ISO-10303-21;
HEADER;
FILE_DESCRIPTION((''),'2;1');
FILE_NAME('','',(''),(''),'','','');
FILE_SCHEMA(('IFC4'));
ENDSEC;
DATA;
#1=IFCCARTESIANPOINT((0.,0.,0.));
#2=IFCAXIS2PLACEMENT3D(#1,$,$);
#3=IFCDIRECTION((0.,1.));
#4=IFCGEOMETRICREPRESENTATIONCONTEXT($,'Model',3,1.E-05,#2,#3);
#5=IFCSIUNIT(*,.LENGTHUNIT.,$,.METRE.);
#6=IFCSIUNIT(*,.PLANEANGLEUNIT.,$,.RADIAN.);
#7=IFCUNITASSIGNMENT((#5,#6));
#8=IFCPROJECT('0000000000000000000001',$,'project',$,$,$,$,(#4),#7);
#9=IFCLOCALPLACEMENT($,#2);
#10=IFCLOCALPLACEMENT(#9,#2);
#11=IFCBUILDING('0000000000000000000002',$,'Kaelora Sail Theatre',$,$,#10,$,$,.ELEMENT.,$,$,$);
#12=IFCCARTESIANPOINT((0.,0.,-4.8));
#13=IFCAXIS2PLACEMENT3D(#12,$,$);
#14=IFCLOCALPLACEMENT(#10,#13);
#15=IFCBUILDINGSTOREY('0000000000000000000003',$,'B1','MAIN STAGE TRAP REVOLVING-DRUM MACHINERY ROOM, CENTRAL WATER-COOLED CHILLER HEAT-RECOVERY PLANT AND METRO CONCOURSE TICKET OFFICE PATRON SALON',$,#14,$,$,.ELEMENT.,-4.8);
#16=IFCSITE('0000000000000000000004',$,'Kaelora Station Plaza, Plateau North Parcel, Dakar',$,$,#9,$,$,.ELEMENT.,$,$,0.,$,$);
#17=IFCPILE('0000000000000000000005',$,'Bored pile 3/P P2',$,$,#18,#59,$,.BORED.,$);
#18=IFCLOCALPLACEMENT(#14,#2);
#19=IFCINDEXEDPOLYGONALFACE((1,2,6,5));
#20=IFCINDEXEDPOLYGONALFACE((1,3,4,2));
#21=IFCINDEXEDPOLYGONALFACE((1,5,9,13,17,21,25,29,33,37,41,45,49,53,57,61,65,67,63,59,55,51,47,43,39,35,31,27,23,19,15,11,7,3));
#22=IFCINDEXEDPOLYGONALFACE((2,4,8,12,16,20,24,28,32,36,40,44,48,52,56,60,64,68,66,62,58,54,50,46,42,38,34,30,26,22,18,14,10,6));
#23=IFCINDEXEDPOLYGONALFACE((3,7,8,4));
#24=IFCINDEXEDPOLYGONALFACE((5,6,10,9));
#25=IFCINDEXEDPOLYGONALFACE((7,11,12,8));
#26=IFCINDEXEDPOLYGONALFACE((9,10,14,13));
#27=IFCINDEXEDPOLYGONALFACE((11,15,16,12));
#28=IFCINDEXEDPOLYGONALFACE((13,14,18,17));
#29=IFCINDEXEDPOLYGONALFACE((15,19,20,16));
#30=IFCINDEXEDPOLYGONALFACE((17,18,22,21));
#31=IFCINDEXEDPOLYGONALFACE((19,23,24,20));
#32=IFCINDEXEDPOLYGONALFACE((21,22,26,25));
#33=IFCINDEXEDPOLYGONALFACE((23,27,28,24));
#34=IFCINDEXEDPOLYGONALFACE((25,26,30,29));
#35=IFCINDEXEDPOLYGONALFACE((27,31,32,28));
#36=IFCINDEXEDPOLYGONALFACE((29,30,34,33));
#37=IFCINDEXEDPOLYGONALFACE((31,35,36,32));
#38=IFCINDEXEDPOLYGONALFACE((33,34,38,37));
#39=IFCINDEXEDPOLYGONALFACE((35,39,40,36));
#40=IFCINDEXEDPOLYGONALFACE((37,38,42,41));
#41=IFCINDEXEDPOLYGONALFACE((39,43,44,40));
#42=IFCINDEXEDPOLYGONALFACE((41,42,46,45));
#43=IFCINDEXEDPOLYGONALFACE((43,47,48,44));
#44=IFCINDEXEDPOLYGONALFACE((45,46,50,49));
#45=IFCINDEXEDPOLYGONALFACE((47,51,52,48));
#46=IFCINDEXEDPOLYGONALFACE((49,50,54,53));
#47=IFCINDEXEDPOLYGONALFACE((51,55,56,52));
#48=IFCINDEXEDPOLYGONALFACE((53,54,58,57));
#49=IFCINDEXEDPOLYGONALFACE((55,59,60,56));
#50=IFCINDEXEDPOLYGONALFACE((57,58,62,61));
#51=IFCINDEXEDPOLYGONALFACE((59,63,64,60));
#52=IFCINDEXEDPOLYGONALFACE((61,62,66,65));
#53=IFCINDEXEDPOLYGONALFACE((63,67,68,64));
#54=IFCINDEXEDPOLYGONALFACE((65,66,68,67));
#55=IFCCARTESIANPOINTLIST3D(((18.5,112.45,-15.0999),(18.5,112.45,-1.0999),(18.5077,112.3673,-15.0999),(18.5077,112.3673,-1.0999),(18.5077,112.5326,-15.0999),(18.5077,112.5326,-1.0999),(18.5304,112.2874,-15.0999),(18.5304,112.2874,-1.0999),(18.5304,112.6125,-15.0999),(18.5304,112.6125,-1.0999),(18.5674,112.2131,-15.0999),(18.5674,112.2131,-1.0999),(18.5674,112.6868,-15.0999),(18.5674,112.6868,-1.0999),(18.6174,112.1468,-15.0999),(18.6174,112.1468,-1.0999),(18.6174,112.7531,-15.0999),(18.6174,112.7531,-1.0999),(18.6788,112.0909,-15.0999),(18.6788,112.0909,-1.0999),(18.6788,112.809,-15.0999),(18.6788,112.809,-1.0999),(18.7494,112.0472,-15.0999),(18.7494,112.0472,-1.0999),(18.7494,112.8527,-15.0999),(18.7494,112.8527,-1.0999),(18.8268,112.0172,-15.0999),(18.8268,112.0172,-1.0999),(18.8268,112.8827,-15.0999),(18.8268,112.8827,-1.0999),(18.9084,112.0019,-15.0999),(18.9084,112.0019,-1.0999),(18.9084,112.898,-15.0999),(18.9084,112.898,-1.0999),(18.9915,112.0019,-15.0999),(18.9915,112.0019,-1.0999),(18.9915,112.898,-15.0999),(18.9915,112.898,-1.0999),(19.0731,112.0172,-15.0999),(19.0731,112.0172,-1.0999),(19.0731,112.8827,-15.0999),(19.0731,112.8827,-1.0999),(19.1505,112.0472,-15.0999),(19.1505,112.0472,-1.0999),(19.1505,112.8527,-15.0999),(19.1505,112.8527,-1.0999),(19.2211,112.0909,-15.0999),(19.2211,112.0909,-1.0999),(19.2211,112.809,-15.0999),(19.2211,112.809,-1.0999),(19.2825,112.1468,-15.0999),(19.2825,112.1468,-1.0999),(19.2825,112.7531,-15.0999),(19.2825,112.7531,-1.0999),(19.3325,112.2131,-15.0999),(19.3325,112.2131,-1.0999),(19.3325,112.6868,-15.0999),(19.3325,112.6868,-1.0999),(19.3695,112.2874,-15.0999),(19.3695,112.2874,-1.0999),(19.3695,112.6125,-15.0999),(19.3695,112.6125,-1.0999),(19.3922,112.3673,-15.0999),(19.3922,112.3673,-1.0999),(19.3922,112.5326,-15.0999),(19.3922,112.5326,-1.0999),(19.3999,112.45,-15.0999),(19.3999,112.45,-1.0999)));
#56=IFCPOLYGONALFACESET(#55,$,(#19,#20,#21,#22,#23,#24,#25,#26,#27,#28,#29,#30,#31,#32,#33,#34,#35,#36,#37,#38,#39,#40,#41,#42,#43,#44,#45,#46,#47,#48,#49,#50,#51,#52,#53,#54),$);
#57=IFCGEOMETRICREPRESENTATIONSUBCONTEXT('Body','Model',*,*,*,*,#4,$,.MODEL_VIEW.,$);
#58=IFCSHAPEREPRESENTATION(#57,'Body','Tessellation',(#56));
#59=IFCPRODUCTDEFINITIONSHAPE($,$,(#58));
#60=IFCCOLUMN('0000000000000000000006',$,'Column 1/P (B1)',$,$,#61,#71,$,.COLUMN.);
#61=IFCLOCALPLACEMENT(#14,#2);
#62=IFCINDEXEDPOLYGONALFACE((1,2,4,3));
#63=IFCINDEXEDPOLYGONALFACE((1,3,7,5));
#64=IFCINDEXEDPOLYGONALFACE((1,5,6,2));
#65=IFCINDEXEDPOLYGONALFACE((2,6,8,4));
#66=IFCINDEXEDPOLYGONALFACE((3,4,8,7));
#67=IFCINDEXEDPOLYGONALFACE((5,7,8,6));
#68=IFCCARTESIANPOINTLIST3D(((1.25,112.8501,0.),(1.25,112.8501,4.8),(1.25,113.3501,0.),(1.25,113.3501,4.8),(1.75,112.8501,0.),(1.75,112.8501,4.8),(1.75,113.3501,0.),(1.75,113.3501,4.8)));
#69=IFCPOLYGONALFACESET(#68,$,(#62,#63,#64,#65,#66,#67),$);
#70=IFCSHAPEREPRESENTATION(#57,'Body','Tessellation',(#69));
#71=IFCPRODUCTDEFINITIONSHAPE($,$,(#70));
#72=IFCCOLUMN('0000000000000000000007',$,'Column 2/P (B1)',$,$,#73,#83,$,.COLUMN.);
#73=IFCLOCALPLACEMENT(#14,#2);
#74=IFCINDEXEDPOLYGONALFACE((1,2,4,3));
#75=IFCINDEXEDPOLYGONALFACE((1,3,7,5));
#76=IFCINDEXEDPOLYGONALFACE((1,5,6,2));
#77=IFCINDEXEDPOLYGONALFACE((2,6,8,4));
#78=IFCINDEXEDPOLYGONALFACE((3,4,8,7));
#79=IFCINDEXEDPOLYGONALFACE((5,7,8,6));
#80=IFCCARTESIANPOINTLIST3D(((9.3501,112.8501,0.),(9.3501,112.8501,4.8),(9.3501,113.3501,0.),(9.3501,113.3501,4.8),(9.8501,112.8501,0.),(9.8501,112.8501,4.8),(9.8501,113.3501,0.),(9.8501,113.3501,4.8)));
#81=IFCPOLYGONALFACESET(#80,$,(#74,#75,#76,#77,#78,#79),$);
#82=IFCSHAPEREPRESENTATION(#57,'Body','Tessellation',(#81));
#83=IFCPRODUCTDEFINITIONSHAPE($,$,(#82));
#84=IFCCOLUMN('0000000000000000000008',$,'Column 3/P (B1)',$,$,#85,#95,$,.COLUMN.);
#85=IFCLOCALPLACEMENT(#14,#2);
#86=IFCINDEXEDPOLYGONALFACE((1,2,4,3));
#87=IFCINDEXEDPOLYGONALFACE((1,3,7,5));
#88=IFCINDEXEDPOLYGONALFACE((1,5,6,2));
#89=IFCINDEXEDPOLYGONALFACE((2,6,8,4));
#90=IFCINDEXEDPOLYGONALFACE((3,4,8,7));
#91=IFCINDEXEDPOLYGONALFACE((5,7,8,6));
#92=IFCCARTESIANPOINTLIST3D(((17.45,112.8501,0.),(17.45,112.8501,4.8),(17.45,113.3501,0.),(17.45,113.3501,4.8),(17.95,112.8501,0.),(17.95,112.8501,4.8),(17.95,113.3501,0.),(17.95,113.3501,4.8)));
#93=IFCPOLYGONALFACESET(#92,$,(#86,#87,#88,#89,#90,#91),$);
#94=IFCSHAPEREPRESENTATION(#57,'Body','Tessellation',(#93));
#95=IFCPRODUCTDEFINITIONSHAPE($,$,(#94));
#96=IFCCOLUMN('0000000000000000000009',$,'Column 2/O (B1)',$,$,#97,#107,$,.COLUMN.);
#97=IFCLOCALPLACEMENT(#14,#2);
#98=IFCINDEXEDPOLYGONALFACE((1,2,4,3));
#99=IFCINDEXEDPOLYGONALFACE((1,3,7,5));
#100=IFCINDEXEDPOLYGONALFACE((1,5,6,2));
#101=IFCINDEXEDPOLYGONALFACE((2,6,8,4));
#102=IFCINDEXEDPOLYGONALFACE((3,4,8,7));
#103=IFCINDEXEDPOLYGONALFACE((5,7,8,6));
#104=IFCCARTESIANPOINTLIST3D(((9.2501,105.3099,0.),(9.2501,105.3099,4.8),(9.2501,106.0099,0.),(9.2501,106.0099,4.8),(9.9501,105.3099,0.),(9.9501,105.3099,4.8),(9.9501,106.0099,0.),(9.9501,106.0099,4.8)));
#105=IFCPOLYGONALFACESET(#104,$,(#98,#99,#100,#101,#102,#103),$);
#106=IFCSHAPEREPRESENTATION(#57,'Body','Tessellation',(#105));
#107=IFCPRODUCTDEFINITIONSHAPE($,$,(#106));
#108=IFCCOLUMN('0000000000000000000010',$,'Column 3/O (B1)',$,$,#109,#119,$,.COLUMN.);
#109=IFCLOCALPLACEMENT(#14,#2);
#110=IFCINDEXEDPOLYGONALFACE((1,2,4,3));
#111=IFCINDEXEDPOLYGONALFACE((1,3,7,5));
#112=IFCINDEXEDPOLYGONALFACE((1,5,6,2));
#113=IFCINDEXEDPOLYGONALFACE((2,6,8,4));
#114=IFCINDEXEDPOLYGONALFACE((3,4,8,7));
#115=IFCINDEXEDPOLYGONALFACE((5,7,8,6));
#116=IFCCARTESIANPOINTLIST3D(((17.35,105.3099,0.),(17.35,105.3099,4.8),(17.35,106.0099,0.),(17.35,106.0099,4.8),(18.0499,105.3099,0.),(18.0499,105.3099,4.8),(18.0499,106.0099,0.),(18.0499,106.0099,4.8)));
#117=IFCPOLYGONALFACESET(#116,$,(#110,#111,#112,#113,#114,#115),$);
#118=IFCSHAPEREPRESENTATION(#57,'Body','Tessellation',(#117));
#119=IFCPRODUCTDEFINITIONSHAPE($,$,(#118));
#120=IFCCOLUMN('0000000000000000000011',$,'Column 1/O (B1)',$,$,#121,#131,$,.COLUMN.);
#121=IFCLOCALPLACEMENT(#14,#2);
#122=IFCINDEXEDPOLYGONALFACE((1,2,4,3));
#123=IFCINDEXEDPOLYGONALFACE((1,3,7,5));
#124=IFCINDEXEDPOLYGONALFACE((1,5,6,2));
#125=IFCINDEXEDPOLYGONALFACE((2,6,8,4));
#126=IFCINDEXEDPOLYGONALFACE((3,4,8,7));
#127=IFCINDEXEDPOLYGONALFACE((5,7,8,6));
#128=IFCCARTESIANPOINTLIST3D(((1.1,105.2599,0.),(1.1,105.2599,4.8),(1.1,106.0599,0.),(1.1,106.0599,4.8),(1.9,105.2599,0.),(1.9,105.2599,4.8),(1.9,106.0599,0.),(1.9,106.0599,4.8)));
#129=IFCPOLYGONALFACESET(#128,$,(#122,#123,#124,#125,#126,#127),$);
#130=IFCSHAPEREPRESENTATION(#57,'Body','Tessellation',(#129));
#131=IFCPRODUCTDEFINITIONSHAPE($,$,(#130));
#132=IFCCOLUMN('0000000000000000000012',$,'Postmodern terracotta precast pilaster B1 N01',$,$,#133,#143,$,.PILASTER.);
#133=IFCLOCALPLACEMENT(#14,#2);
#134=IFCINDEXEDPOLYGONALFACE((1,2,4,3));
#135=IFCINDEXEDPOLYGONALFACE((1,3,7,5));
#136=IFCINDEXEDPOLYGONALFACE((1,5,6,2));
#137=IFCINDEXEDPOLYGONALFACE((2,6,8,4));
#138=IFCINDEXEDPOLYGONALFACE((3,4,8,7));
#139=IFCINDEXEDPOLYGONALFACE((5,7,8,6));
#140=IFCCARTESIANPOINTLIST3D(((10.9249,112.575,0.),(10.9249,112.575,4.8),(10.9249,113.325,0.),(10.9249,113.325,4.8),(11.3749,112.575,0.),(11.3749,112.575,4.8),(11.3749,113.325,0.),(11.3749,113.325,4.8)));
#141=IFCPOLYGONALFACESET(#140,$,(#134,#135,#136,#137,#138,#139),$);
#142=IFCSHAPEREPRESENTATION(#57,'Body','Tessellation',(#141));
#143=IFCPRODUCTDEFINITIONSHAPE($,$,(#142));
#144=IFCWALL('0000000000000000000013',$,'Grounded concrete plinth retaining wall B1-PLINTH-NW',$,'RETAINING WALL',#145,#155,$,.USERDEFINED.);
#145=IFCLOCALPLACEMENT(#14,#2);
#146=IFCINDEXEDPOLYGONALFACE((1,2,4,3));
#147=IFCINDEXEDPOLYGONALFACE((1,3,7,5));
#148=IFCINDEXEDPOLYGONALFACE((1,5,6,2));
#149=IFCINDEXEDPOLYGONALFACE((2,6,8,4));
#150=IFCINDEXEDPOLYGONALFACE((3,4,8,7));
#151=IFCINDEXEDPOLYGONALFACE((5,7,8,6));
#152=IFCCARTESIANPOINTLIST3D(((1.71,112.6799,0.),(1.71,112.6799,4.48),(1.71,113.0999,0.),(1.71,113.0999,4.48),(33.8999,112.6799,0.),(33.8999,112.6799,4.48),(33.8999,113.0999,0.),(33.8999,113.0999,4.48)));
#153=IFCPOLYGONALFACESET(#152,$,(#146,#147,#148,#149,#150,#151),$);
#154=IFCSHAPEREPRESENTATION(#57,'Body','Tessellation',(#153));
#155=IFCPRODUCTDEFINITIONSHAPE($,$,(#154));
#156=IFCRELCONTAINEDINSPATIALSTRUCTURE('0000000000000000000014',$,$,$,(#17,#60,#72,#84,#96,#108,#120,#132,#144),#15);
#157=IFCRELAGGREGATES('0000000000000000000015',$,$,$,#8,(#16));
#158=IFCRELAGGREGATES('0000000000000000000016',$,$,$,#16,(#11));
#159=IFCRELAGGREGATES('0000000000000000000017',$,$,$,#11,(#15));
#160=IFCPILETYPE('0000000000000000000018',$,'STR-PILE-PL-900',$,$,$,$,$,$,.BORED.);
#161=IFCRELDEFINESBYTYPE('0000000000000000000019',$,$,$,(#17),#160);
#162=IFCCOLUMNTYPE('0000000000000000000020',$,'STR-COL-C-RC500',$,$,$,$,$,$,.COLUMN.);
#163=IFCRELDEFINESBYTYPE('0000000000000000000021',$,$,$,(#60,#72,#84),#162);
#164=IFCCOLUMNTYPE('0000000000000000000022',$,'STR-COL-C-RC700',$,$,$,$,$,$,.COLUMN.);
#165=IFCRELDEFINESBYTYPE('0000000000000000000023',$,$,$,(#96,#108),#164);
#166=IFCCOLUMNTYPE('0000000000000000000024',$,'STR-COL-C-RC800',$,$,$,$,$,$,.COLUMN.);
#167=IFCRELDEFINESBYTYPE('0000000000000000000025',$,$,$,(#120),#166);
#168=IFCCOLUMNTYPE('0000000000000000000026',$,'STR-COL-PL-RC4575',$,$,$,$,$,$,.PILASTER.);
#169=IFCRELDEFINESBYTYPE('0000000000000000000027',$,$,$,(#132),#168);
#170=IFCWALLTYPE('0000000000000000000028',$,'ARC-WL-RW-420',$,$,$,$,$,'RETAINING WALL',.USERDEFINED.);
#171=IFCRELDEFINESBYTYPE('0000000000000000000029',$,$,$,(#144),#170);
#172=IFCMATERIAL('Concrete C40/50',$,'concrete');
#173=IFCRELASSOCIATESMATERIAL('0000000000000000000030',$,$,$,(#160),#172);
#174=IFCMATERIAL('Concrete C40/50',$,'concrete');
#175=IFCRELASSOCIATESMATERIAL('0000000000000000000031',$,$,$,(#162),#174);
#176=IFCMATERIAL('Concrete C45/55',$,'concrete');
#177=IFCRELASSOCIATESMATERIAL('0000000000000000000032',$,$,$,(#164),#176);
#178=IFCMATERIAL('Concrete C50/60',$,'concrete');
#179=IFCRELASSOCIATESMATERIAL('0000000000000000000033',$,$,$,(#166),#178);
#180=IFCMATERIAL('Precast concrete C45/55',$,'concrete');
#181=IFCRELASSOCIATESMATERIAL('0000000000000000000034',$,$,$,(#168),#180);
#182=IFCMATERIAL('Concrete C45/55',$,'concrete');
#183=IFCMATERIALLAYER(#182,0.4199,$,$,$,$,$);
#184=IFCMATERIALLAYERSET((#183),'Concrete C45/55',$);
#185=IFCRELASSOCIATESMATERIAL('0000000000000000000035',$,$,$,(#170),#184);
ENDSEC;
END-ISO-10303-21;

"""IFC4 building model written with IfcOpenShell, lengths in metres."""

from ifc_helpers import new_model, si_unit, direction, frame, frame_2d, origin, origin_2d, place, context, subcontext, project, spatial, rectangle, circle, extrude, material, layer, layer_set, material_profile, profile_set, type_object, element, save


model = new_model("IFC4")

# Units and contexts
model_context = context("Model", 3, precision=1e-05, world=origin(), true_north=direction((0.0, 1.0)))
body_context = subcontext(model_context, "Body", "Model", "MODEL_VIEW")
ifc_project = project(units=[si_unit("LENGTHUNIT", "METRE"), si_unit("PLANEANGLEUNIT", "RADIAN")], contexts=[model_context])

# Site, building, storey
site_placement = place(None, origin())
site = spatial("IfcSite", under=ifc_project, at=site_placement, Name="Kaelora Station Plaza, Plateau North Parcel, Dakar", CompositionType="ELEMENT", RefElevation=0.0)
building_placement = place(site_placement, origin())
building = spatial("IfcBuilding", under=site, at=building_placement, Name="Kaelora Sail Theatre", CompositionType="ELEMENT")
storey_placement = place(building_placement, frame((0.0, 0.0, -4.8)))
storey = spatial("IfcBuildingStorey", under=building, at=storey_placement, Name="B1", Description="MAIN STAGE TRAP REVOLVING-DRUM MACHINERY ROOM, CENTRAL WATER-COOLED CHILLER HEAT-RECOVERY PLANT AND METRO CONCOURSE TICKET OFFICE PATRON SALON", CompositionType="ELEMENT", Elevation=-4.8)

# Pile
ifc_material_1 = material(Name="Concrete C40/50", Category="concrete")
ifc_material_profile_1 = material_profile(ifc_material_1, circle(Radius=0.45, at=origin_2d()), Name="PILE D900")
ifc_profile_set_1 = profile_set([ifc_material_profile_1], Name="Concrete C40/50")
pile_type_1 = type_object("IfcPileType", Name="STR-PILE-PL-900", PredefinedType="BORED", material=ifc_profile_set_1)
for number, where, z_axis, x_axis, name in (
    (1, (18.95, 112.45, -1.0999), (0.0, 0.0, -1.0), (1.0, 0.0, 0.0), "Bored pile 3/P P2"),
):
    element("IfcPile", number, at=place(storey_placement, frame(where, z_axis=z_axis, x_axis=x_axis)), inside=storey, type_object=pile_type_1, Name=name, PredefinedType="BORED", context=body_context, shape_type="SweptSolid", body=[
        extrude(circle(Radius=0.45, at=origin_2d()), origin(), (0.0, 0.0, 1.0), 14.0),
    ])

# Columns
ifc_material_2 = material(Name="Concrete C40/50", Category="concrete")
ifc_material_profile_2 = material_profile(ifc_material_2, rectangle(XDim=0.5, YDim=0.5, at=origin_2d()), Name="RC-COL 500x500")
ifc_profile_set_2 = profile_set([ifc_material_profile_2], Name="Concrete C40/50")
column_type_1 = type_object("IfcColumnType", Name="STR-COL-C-RC500", PredefinedType="COLUMN", material=ifc_profile_set_2)
for number, where, z_axis, x_axis, name in (
    (2, (1.5, 113.1001, 0.0), (0.0, 0.0, 1.0), (1.0, 0.0, 0.0), "Column 1/P (B1)"),
    (3, (9.6001, 113.1001, 0.0), (0.0, 0.0, 1.0), (1.0, 0.0, 0.0), "Column 2/P (B1)"),
    (4, (17.7, 113.1001, 0.0), (0.0, 0.0, 1.0), (1.0, 0.0, 0.0), "Column 3/P (B1)"),
):
    element("IfcColumn", number, at=place(storey_placement, frame(where, z_axis=z_axis, x_axis=x_axis)), inside=storey, type_object=column_type_1, Name=name, PredefinedType="COLUMN", context=body_context, shape_type="SweptSolid", body=[
        extrude(rectangle(XDim=0.5, YDim=0.5, at=origin_2d()), origin(), (0.0, 0.0, 1.0), 4.8),
    ])
ifc_material_3 = material(Name="Concrete C45/55", Category="concrete")
ifc_material_profile_3 = material_profile(ifc_material_3, rectangle(XDim=0.7, YDim=0.7, at=origin_2d()), Name="RC-COL 700x700")
ifc_profile_set_3 = profile_set([ifc_material_profile_3], Name="Concrete C45/55")
column_type_2 = type_object("IfcColumnType", Name="STR-COL-C-RC700", PredefinedType="COLUMN", material=ifc_profile_set_3)
for number, where, z_axis, x_axis, name in (
    (5, (9.6001, 105.6599, 0.0), (0.0, 0.0, 1.0), (1.0, 0.0, 0.0), "Column 2/O (B1)"),
    (6, (17.7, 105.6599, 0.0), (0.0, 0.0, 1.0), (1.0, 0.0, 0.0), "Column 3/O (B1)"),
):
    element("IfcColumn", number, at=place(storey_placement, frame(where, z_axis=z_axis, x_axis=x_axis)), inside=storey, type_object=column_type_2, Name=name, PredefinedType="COLUMN", context=body_context, shape_type="SweptSolid", body=[
        extrude(rectangle(XDim=0.7, YDim=0.7, at=origin_2d()), origin(), (0.0, 0.0, 1.0), 4.8),
    ])
ifc_material_4 = material(Name="Concrete C50/60", Category="concrete")
ifc_material_profile_4 = material_profile(ifc_material_4, rectangle(XDim=0.8, YDim=0.8, at=origin_2d()), Name="RC-COL 800x800")
ifc_profile_set_4 = profile_set([ifc_material_profile_4], Name="Concrete C50/60")
column_type_3 = type_object("IfcColumnType", Name="STR-COL-C-RC800", PredefinedType="COLUMN", material=ifc_profile_set_4)
column_1_placement = place(storey_placement, frame((1.5, 105.6599, 0.0), z_axis=(0.0, 0.0, 1.0), x_axis=(1.0, 0.0, 0.0)))
element("IfcColumn", 7, at=column_1_placement, inside=storey, type_object=column_type_3, Name="Column 1/O (B1)", PredefinedType="COLUMN", context=body_context, shape_type="SweptSolid", body=[
    extrude(rectangle(XDim=0.8, YDim=0.8, at=origin_2d()), origin(), (0.0, 0.0, 1.0), 4.8),
])
ifc_material_5 = material(Name="Precast concrete C45/55", Category="concrete")
ifc_material_profile_5 = material_profile(ifc_material_5, rectangle(XDim=0.45, YDim=0.75, at=origin_2d()), Name="RC-PIL 450x750")
ifc_profile_set_5 = profile_set([ifc_material_profile_5], Name="Precast concrete C45/55")
column_type_4 = type_object("IfcColumnType", Name="STR-COL-PL-RC4575", PredefinedType="PILASTER", material=ifc_profile_set_5)
column_2_placement = place(storey_placement, frame((11.1499, 112.95, 0.0), z_axis=(0.0, 0.0, 1.0), x_axis=(1.0, 0.0, 0.0)))
element("IfcColumn", 8, at=column_2_placement, inside=storey, type_object=column_type_4, Name="Postmodern terracotta precast pilaster B1 N01", PredefinedType="PILASTER", context=body_context, shape_type="SweptSolid", body=[
    extrude(rectangle(XDim=0.45, YDim=0.75, at=origin_2d()), origin(), (0.0, 0.0, 1.0), 4.8),
])

# Wall
ifc_material_6 = material(Name="Concrete C45/55", Category="concrete")
ifc_layer = layer(ifc_material_6, 0.4199)
ifc_layer_set = layer_set([ifc_layer], Name="Concrete C45/55")
wall_type = type_object("IfcWallType", Name="ARC-WL-RW-420", ElementType="RETAINING WALL", PredefinedType="USERDEFINED", material=ifc_layer_set)
wall_placement = place(storey_placement, frame((1.71, 112.8899, 0.0), z_axis=(0.0, 0.0, 1.0), x_axis=(1.0, 0.0, 0.0)))
element("IfcWall", 9, at=wall_placement, inside=storey, type_object=wall_type, Name="Grounded concrete plinth retaining wall B1-PLINTH-NW", ObjectType="RETAINING WALL", PredefinedType="USERDEFINED", context=body_context, shape_type="SweptSolid", body=[
    extrude(rectangle(XDim=32.1899, YDim=0.4199, at=frame_2d((16.095, 0.0))), origin(), (0.0, 0.0, 1.0), 4.48),
])

save(model, "model.ifc")
